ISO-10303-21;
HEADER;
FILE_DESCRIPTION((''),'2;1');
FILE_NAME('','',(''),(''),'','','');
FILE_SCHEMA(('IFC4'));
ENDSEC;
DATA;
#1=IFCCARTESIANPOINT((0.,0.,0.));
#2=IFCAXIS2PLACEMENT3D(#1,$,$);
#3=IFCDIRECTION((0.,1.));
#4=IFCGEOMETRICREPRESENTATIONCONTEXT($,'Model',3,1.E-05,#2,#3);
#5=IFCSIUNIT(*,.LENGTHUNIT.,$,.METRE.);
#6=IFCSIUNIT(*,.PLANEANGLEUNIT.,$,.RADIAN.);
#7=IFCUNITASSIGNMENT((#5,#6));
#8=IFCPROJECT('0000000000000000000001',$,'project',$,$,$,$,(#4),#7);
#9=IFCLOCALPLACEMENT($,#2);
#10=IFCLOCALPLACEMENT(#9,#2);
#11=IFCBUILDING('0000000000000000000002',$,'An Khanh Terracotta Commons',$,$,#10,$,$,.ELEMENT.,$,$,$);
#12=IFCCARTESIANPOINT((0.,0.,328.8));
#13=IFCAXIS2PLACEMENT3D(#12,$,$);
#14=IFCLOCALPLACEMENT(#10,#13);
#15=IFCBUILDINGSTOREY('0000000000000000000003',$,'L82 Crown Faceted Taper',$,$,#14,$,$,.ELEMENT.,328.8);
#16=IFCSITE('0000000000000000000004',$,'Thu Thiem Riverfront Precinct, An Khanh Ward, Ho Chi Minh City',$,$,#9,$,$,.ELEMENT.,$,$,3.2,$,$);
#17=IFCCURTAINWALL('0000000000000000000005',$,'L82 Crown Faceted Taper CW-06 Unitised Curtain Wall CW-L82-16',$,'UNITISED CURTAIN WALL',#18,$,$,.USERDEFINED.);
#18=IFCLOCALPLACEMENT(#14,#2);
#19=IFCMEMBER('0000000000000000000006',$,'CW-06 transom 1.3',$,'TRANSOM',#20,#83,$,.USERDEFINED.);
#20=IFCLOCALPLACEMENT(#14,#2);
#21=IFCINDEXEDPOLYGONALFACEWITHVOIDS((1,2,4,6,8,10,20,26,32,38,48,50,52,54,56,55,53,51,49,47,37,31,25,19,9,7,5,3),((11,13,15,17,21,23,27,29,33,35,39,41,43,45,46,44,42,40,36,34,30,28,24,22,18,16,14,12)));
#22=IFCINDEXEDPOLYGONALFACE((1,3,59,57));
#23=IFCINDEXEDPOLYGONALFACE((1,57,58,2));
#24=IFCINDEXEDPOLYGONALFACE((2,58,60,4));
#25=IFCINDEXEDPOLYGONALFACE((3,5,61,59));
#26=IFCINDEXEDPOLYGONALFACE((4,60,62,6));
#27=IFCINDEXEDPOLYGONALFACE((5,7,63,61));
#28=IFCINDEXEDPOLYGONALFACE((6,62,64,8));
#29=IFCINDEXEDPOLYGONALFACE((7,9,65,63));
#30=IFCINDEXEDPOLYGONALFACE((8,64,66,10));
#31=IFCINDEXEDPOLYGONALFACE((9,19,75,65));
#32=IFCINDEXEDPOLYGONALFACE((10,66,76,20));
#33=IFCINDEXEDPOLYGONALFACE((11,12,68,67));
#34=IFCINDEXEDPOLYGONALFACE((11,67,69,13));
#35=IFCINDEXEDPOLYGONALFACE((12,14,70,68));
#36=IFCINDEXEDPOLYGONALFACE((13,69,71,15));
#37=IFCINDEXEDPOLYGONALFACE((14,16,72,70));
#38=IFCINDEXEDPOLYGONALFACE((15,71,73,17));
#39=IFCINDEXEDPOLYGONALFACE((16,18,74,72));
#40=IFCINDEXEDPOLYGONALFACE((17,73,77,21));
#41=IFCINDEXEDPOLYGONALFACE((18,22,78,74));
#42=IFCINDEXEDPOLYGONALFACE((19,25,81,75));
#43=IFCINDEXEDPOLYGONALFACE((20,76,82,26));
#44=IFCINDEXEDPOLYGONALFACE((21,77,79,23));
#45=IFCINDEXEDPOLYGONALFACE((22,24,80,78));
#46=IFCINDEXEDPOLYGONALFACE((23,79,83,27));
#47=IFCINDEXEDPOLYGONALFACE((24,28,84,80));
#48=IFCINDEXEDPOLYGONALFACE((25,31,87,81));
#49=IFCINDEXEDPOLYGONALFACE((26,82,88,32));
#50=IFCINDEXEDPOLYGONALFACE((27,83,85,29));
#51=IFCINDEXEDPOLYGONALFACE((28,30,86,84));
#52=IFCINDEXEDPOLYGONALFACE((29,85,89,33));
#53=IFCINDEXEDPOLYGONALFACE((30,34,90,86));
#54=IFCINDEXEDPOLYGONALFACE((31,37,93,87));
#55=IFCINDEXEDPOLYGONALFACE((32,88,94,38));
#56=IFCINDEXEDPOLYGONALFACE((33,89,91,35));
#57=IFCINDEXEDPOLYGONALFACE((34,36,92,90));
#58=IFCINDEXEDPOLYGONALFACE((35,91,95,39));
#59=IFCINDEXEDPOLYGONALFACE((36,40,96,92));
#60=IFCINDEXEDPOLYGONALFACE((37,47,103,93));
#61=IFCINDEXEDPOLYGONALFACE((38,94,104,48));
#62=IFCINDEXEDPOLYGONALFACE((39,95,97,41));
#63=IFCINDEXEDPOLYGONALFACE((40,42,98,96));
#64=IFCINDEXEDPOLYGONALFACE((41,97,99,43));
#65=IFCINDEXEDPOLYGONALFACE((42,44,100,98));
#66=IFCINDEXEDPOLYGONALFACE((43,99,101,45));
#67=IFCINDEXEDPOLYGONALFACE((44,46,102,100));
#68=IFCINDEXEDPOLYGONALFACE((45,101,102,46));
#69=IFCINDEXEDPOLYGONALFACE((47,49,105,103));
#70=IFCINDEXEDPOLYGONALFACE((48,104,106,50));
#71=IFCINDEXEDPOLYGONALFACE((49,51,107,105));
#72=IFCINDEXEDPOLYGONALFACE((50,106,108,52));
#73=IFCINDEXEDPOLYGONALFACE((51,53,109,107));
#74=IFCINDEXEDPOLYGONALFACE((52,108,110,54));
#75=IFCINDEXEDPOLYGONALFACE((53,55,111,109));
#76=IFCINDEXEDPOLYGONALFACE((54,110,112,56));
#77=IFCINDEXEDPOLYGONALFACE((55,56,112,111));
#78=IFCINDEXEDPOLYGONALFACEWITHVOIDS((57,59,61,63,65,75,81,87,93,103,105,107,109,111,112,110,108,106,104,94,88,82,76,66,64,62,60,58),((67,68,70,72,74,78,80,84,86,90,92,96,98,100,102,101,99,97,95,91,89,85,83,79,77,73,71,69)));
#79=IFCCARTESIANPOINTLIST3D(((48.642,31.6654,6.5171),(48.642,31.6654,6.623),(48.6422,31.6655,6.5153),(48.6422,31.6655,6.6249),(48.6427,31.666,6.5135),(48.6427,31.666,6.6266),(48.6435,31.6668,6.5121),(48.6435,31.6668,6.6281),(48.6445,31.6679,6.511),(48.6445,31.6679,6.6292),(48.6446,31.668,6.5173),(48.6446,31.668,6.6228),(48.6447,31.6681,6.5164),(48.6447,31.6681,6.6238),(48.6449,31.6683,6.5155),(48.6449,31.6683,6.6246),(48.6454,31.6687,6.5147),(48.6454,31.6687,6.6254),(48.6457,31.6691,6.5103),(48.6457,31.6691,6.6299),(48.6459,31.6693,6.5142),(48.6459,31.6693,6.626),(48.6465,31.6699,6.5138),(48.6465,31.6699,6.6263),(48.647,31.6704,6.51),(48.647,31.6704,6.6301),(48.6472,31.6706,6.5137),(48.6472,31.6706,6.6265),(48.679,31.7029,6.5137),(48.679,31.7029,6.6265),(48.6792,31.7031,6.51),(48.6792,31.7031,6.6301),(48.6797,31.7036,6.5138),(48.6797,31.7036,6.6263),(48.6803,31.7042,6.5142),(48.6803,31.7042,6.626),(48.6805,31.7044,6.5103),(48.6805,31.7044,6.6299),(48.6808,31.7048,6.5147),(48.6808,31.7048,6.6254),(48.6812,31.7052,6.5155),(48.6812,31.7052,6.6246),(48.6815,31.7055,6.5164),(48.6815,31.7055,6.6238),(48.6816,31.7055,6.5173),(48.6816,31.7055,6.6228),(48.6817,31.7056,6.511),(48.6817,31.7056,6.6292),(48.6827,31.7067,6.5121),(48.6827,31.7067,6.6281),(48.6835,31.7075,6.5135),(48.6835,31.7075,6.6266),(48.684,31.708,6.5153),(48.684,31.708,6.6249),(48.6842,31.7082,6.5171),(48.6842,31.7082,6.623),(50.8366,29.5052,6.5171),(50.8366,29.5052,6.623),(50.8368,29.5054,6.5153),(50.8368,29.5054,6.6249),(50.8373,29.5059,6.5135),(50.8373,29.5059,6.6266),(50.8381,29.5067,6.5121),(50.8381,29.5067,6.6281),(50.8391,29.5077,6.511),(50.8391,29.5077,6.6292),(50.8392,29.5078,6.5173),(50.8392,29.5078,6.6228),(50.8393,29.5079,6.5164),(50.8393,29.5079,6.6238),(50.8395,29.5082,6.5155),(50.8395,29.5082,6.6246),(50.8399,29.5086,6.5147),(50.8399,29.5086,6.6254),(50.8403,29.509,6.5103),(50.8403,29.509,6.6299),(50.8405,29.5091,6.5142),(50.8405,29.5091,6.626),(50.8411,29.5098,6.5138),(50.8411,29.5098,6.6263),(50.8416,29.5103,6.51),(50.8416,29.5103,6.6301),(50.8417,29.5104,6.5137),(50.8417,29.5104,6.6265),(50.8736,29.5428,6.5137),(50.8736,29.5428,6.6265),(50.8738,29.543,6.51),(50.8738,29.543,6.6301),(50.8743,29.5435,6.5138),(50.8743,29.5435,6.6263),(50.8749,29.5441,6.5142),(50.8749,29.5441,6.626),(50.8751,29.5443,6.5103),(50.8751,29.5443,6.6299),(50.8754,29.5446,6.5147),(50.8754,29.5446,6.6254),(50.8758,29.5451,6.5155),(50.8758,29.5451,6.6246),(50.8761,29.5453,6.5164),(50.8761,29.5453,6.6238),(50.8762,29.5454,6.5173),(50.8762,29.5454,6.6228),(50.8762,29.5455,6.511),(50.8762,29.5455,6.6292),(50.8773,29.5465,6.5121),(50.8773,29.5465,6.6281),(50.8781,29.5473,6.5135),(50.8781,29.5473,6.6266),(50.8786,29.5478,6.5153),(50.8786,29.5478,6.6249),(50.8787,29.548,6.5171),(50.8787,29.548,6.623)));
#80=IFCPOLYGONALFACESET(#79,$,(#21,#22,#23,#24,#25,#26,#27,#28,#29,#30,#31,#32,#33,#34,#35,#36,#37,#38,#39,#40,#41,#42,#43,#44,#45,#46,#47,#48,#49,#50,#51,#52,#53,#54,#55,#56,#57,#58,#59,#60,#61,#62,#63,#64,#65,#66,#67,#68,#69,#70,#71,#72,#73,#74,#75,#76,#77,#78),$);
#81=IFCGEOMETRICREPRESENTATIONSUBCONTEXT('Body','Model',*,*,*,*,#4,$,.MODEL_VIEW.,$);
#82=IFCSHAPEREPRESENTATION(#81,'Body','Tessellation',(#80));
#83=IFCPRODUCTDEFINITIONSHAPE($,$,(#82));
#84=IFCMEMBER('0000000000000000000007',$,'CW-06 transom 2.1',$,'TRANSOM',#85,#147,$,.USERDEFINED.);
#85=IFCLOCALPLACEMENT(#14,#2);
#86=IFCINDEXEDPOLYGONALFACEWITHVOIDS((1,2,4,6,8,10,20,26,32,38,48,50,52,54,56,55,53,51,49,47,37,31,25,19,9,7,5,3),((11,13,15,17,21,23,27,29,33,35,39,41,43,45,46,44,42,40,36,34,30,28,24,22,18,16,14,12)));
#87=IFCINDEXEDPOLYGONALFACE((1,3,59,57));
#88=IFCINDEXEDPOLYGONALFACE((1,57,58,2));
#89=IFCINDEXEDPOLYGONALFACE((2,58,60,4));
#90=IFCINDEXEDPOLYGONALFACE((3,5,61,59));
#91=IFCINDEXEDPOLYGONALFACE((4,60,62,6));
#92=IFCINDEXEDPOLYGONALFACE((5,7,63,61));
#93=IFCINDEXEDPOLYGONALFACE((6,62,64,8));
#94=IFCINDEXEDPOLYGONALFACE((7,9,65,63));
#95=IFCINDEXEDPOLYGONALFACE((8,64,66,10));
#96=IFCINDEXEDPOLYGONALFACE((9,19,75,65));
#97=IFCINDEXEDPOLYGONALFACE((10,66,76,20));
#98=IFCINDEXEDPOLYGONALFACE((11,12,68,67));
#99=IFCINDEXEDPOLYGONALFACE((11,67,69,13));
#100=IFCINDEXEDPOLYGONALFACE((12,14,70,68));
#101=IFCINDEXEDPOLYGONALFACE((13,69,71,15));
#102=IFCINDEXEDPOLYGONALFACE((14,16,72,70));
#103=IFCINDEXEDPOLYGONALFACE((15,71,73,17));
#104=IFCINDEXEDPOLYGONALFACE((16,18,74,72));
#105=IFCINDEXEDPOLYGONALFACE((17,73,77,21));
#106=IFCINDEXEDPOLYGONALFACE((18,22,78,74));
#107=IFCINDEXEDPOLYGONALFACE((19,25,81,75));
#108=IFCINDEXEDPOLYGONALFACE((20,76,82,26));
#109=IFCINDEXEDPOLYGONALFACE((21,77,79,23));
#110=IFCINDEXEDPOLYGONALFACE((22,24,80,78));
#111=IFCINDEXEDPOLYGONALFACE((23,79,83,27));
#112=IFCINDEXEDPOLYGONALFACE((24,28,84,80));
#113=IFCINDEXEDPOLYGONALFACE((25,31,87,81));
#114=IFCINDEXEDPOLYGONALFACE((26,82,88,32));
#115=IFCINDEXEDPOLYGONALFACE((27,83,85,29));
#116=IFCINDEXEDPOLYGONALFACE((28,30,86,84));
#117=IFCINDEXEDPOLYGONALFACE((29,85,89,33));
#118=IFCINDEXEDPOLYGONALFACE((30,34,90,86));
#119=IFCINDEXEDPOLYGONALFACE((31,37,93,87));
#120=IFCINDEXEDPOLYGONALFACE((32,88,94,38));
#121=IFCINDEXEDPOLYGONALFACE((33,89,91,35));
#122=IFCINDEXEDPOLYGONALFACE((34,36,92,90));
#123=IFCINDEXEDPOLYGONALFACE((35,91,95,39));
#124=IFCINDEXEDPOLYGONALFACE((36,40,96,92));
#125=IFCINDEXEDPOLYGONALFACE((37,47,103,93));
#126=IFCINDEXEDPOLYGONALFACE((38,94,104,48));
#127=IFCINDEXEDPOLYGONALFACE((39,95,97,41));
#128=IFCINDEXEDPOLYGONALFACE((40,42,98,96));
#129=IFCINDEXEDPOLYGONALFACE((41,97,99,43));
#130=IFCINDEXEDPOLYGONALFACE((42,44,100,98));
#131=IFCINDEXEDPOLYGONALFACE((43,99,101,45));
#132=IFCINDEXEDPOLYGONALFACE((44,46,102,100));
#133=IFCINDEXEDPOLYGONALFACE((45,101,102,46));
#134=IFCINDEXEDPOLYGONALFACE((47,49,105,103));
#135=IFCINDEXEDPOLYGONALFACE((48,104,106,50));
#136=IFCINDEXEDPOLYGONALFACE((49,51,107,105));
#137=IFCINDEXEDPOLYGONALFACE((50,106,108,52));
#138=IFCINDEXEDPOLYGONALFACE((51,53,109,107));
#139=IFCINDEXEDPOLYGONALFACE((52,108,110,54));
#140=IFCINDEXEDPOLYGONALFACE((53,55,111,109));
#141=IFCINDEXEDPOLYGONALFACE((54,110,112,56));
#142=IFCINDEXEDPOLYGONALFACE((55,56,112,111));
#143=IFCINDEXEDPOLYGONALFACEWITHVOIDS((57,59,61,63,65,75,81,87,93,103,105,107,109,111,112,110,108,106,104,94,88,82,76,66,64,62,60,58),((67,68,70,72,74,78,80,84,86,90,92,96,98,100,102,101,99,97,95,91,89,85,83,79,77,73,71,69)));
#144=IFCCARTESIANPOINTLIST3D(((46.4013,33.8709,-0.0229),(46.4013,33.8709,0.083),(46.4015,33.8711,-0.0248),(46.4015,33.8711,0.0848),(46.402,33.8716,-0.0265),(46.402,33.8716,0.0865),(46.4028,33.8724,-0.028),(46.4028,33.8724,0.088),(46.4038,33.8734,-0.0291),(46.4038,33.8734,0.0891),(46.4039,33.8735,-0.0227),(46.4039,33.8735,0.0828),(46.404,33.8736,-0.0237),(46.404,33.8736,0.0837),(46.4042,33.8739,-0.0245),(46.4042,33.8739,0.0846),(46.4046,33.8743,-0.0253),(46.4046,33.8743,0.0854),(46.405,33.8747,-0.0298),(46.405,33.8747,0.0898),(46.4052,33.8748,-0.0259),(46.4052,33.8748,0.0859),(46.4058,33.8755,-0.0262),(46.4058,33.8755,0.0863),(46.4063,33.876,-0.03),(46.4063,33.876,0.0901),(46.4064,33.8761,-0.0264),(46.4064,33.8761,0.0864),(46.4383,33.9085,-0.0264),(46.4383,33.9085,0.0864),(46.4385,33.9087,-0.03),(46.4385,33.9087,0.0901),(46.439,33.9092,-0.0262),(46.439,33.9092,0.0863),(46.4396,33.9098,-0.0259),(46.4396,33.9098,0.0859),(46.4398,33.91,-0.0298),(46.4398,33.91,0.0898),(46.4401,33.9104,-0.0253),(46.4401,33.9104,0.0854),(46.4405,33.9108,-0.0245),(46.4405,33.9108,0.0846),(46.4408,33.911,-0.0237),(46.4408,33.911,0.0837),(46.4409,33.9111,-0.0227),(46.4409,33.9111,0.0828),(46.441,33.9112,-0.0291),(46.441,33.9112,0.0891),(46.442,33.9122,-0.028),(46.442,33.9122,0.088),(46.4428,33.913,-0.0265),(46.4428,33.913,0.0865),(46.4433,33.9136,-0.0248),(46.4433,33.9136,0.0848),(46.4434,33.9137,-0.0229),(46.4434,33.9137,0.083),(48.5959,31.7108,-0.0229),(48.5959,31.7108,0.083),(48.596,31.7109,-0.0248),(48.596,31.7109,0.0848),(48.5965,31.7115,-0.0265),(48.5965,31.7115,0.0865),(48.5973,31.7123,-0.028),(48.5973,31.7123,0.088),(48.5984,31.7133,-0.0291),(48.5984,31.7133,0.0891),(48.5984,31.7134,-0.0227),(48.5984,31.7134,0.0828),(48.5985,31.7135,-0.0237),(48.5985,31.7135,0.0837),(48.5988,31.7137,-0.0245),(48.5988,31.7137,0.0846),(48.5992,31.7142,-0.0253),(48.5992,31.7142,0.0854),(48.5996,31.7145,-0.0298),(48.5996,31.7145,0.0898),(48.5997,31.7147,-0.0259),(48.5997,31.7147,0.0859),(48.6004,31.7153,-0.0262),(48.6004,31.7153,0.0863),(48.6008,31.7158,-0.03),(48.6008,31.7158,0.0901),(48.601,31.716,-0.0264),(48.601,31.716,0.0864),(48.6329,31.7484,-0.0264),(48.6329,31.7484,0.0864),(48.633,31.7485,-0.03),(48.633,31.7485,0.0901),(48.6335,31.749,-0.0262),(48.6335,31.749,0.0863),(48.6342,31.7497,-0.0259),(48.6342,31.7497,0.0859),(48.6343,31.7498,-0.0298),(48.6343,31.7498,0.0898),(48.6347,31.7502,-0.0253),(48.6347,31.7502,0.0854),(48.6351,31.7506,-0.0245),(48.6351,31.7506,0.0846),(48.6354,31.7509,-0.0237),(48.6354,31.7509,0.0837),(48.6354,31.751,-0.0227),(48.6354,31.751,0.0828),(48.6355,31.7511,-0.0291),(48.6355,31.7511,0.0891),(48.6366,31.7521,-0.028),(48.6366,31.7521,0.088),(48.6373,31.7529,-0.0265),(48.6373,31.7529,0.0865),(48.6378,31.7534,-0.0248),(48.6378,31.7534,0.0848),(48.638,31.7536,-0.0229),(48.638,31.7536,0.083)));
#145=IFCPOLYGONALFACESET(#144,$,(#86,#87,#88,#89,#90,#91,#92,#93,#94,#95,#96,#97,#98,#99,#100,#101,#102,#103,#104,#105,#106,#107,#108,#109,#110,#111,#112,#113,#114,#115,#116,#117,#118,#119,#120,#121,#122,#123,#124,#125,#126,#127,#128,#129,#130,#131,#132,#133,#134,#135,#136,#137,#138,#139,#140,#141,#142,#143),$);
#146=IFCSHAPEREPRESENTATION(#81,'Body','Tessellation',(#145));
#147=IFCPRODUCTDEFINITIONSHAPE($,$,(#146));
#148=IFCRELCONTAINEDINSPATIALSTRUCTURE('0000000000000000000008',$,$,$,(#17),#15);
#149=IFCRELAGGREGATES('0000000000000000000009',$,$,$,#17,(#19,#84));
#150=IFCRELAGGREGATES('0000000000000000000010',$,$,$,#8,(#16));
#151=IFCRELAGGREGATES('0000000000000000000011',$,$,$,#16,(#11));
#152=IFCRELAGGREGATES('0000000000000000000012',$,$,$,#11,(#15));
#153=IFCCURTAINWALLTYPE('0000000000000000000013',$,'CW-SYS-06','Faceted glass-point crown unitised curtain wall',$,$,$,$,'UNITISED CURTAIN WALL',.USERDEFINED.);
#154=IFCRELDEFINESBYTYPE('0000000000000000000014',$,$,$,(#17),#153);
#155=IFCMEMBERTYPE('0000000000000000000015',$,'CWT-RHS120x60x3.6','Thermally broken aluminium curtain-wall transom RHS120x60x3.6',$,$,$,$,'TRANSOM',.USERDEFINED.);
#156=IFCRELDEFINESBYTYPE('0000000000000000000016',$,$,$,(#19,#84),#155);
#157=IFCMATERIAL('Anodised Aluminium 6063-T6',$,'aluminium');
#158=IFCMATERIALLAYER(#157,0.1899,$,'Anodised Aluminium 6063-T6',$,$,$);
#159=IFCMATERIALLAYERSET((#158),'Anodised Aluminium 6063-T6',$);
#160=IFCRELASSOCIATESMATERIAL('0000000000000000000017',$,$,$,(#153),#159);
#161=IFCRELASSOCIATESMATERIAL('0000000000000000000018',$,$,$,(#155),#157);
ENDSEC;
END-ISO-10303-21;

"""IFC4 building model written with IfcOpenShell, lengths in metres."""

from ifc_helpers import new_model, si_unit, direction, frame, origin, origin_2d, place, context, subcontext, project, spatial, hollow_rectangle, extrude, material, layer, layer_set, material_profile, profile_set, type_object, element, aggregate, save


model = new_model("IFC4")

# Units and contexts
model_context = context("Model", 3, precision=1e-05, world=origin(), true_north=direction((0.0, 1.0)))
body_context = subcontext(model_context, "Body", "Model", "MODEL_VIEW")
ifc_project = project(units=[si_unit("LENGTHUNIT", "METRE"), si_unit("PLANEANGLEUNIT", "RADIAN")], contexts=[model_context])

# Site, building, storey
site_placement = place(None, origin())
site = spatial("IfcSite", under=ifc_project, at=site_placement, Name="Thu Thiem Riverfront Precinct, An Khanh Ward, Ho Chi Minh City", CompositionType="ELEMENT", RefElevation=3.2)
building_placement = place(site_placement, origin())
building = spatial("IfcBuilding", under=site, at=building_placement, Name="An Khanh Terracotta Commons", CompositionType="ELEMENT")
storey_placement = place(building_placement, frame((0.0, 0.0, 328.8)))
storey = spatial("IfcBuildingStorey", under=building, at=storey_placement, Name="L82 Crown Faceted Taper", CompositionType="ELEMENT", Elevation=328.8)

# Curtain wall
ifc_material_1 = material(Name="Anodised Aluminium 6063-T6", Category="aluminium")
ifc_layer_1 = layer(ifc_material_1, 0.1899, Name="Anodised Aluminium 6063-T6")
ifc_layer_set_1 = layer_set([ifc_layer_1], Name="Anodised Aluminium 6063-T6")
curtain_wall_type = type_object("IfcCurtainWallType", Name="CW-SYS-06", Description="Faceted glass-point crown unitised curtain wall", ElementType="UNITISED CURTAIN WALL", PredefinedType="USERDEFINED", material=ifc_layer_set_1)
curtain_wall_1_placement = place(storey_placement, origin())
curtain_wall_1 = element("IfcCurtainWall", 1, at=curtain_wall_1_placement, inside=storey, type_object=curtain_wall_type, Name="L82 Crown Faceted Taper CW-06 Unitised Curtain Wall CW-L82-16", ObjectType="UNITISED CURTAIN WALL", PredefinedType="USERDEFINED")

# Members
ifc_material_profile_1 = material_profile(ifc_material_1, hollow_rectangle(XDim=0.0601, YDim=0.1201, WallThickness=0.0037, InnerFilletRadius=0.0037, OuterFilletRadius=0.0071, at=origin_2d()), Name="RHS120x60x3.6")
ifc_profile_set_1 = profile_set([ifc_material_profile_1], Name="Anodised Aluminium 6063-T6")
member_type_1 = type_object("IfcMemberType", Name="CWT-RHS120x60x3.6", Description="Thermally broken aluminium curtain-wall transom RHS120x60x3.6", ElementType="TRANSOM", PredefinedType="USERDEFINED", material=ifc_profile_set_1)
member_1_placement = place(storey_placement, frame((50.8577, 29.5266, 6.5701), z_axis=(-0.712674, 0.701495, 0.0), x_axis=(-0.701495, -0.712674, 0.0)))
member_1 = element("IfcMember", 2, at=member_1_placement, type_object=member_type_1, Name="CW-06 transom 1.3", ObjectType="TRANSOM", PredefinedType="USERDEFINED", context=body_context, shape_type="SweptSolid", body=[
    extrude(hollow_rectangle(XDim=0.0601, YDim=0.1201, WallThickness=0.0037, InnerFilletRadius=0.0037, OuterFilletRadius=0.0071, at=origin_2d()), origin(), (0.0, 0.0, 1.0), 3.0793),
])
member_2_placement = place(storey_placement, frame((48.6169, 31.7322, 0.03), z_axis=(-0.712674, 0.701495, 0.0), x_axis=(-0.701495, -0.712674, 0.0)))
member_2 = element("IfcMember", 3, at=member_2_placement, type_object=member_type_1, Name="CW-06 transom 2.1", ObjectType="TRANSOM", PredefinedType="USERDEFINED", context=body_context, shape_type="SweptSolid", body=[
    extrude(hollow_rectangle(XDim=0.0601, YDim=0.1201, WallThickness=0.0037, InnerFilletRadius=0.0037, OuterFilletRadius=0.0071, at=origin_2d()), origin(), (0.0, 0.0, 1.0), 3.0793),
])

aggregate(curtain_wall_1, [member_1, member_2])

save(model, "model.ifc")
